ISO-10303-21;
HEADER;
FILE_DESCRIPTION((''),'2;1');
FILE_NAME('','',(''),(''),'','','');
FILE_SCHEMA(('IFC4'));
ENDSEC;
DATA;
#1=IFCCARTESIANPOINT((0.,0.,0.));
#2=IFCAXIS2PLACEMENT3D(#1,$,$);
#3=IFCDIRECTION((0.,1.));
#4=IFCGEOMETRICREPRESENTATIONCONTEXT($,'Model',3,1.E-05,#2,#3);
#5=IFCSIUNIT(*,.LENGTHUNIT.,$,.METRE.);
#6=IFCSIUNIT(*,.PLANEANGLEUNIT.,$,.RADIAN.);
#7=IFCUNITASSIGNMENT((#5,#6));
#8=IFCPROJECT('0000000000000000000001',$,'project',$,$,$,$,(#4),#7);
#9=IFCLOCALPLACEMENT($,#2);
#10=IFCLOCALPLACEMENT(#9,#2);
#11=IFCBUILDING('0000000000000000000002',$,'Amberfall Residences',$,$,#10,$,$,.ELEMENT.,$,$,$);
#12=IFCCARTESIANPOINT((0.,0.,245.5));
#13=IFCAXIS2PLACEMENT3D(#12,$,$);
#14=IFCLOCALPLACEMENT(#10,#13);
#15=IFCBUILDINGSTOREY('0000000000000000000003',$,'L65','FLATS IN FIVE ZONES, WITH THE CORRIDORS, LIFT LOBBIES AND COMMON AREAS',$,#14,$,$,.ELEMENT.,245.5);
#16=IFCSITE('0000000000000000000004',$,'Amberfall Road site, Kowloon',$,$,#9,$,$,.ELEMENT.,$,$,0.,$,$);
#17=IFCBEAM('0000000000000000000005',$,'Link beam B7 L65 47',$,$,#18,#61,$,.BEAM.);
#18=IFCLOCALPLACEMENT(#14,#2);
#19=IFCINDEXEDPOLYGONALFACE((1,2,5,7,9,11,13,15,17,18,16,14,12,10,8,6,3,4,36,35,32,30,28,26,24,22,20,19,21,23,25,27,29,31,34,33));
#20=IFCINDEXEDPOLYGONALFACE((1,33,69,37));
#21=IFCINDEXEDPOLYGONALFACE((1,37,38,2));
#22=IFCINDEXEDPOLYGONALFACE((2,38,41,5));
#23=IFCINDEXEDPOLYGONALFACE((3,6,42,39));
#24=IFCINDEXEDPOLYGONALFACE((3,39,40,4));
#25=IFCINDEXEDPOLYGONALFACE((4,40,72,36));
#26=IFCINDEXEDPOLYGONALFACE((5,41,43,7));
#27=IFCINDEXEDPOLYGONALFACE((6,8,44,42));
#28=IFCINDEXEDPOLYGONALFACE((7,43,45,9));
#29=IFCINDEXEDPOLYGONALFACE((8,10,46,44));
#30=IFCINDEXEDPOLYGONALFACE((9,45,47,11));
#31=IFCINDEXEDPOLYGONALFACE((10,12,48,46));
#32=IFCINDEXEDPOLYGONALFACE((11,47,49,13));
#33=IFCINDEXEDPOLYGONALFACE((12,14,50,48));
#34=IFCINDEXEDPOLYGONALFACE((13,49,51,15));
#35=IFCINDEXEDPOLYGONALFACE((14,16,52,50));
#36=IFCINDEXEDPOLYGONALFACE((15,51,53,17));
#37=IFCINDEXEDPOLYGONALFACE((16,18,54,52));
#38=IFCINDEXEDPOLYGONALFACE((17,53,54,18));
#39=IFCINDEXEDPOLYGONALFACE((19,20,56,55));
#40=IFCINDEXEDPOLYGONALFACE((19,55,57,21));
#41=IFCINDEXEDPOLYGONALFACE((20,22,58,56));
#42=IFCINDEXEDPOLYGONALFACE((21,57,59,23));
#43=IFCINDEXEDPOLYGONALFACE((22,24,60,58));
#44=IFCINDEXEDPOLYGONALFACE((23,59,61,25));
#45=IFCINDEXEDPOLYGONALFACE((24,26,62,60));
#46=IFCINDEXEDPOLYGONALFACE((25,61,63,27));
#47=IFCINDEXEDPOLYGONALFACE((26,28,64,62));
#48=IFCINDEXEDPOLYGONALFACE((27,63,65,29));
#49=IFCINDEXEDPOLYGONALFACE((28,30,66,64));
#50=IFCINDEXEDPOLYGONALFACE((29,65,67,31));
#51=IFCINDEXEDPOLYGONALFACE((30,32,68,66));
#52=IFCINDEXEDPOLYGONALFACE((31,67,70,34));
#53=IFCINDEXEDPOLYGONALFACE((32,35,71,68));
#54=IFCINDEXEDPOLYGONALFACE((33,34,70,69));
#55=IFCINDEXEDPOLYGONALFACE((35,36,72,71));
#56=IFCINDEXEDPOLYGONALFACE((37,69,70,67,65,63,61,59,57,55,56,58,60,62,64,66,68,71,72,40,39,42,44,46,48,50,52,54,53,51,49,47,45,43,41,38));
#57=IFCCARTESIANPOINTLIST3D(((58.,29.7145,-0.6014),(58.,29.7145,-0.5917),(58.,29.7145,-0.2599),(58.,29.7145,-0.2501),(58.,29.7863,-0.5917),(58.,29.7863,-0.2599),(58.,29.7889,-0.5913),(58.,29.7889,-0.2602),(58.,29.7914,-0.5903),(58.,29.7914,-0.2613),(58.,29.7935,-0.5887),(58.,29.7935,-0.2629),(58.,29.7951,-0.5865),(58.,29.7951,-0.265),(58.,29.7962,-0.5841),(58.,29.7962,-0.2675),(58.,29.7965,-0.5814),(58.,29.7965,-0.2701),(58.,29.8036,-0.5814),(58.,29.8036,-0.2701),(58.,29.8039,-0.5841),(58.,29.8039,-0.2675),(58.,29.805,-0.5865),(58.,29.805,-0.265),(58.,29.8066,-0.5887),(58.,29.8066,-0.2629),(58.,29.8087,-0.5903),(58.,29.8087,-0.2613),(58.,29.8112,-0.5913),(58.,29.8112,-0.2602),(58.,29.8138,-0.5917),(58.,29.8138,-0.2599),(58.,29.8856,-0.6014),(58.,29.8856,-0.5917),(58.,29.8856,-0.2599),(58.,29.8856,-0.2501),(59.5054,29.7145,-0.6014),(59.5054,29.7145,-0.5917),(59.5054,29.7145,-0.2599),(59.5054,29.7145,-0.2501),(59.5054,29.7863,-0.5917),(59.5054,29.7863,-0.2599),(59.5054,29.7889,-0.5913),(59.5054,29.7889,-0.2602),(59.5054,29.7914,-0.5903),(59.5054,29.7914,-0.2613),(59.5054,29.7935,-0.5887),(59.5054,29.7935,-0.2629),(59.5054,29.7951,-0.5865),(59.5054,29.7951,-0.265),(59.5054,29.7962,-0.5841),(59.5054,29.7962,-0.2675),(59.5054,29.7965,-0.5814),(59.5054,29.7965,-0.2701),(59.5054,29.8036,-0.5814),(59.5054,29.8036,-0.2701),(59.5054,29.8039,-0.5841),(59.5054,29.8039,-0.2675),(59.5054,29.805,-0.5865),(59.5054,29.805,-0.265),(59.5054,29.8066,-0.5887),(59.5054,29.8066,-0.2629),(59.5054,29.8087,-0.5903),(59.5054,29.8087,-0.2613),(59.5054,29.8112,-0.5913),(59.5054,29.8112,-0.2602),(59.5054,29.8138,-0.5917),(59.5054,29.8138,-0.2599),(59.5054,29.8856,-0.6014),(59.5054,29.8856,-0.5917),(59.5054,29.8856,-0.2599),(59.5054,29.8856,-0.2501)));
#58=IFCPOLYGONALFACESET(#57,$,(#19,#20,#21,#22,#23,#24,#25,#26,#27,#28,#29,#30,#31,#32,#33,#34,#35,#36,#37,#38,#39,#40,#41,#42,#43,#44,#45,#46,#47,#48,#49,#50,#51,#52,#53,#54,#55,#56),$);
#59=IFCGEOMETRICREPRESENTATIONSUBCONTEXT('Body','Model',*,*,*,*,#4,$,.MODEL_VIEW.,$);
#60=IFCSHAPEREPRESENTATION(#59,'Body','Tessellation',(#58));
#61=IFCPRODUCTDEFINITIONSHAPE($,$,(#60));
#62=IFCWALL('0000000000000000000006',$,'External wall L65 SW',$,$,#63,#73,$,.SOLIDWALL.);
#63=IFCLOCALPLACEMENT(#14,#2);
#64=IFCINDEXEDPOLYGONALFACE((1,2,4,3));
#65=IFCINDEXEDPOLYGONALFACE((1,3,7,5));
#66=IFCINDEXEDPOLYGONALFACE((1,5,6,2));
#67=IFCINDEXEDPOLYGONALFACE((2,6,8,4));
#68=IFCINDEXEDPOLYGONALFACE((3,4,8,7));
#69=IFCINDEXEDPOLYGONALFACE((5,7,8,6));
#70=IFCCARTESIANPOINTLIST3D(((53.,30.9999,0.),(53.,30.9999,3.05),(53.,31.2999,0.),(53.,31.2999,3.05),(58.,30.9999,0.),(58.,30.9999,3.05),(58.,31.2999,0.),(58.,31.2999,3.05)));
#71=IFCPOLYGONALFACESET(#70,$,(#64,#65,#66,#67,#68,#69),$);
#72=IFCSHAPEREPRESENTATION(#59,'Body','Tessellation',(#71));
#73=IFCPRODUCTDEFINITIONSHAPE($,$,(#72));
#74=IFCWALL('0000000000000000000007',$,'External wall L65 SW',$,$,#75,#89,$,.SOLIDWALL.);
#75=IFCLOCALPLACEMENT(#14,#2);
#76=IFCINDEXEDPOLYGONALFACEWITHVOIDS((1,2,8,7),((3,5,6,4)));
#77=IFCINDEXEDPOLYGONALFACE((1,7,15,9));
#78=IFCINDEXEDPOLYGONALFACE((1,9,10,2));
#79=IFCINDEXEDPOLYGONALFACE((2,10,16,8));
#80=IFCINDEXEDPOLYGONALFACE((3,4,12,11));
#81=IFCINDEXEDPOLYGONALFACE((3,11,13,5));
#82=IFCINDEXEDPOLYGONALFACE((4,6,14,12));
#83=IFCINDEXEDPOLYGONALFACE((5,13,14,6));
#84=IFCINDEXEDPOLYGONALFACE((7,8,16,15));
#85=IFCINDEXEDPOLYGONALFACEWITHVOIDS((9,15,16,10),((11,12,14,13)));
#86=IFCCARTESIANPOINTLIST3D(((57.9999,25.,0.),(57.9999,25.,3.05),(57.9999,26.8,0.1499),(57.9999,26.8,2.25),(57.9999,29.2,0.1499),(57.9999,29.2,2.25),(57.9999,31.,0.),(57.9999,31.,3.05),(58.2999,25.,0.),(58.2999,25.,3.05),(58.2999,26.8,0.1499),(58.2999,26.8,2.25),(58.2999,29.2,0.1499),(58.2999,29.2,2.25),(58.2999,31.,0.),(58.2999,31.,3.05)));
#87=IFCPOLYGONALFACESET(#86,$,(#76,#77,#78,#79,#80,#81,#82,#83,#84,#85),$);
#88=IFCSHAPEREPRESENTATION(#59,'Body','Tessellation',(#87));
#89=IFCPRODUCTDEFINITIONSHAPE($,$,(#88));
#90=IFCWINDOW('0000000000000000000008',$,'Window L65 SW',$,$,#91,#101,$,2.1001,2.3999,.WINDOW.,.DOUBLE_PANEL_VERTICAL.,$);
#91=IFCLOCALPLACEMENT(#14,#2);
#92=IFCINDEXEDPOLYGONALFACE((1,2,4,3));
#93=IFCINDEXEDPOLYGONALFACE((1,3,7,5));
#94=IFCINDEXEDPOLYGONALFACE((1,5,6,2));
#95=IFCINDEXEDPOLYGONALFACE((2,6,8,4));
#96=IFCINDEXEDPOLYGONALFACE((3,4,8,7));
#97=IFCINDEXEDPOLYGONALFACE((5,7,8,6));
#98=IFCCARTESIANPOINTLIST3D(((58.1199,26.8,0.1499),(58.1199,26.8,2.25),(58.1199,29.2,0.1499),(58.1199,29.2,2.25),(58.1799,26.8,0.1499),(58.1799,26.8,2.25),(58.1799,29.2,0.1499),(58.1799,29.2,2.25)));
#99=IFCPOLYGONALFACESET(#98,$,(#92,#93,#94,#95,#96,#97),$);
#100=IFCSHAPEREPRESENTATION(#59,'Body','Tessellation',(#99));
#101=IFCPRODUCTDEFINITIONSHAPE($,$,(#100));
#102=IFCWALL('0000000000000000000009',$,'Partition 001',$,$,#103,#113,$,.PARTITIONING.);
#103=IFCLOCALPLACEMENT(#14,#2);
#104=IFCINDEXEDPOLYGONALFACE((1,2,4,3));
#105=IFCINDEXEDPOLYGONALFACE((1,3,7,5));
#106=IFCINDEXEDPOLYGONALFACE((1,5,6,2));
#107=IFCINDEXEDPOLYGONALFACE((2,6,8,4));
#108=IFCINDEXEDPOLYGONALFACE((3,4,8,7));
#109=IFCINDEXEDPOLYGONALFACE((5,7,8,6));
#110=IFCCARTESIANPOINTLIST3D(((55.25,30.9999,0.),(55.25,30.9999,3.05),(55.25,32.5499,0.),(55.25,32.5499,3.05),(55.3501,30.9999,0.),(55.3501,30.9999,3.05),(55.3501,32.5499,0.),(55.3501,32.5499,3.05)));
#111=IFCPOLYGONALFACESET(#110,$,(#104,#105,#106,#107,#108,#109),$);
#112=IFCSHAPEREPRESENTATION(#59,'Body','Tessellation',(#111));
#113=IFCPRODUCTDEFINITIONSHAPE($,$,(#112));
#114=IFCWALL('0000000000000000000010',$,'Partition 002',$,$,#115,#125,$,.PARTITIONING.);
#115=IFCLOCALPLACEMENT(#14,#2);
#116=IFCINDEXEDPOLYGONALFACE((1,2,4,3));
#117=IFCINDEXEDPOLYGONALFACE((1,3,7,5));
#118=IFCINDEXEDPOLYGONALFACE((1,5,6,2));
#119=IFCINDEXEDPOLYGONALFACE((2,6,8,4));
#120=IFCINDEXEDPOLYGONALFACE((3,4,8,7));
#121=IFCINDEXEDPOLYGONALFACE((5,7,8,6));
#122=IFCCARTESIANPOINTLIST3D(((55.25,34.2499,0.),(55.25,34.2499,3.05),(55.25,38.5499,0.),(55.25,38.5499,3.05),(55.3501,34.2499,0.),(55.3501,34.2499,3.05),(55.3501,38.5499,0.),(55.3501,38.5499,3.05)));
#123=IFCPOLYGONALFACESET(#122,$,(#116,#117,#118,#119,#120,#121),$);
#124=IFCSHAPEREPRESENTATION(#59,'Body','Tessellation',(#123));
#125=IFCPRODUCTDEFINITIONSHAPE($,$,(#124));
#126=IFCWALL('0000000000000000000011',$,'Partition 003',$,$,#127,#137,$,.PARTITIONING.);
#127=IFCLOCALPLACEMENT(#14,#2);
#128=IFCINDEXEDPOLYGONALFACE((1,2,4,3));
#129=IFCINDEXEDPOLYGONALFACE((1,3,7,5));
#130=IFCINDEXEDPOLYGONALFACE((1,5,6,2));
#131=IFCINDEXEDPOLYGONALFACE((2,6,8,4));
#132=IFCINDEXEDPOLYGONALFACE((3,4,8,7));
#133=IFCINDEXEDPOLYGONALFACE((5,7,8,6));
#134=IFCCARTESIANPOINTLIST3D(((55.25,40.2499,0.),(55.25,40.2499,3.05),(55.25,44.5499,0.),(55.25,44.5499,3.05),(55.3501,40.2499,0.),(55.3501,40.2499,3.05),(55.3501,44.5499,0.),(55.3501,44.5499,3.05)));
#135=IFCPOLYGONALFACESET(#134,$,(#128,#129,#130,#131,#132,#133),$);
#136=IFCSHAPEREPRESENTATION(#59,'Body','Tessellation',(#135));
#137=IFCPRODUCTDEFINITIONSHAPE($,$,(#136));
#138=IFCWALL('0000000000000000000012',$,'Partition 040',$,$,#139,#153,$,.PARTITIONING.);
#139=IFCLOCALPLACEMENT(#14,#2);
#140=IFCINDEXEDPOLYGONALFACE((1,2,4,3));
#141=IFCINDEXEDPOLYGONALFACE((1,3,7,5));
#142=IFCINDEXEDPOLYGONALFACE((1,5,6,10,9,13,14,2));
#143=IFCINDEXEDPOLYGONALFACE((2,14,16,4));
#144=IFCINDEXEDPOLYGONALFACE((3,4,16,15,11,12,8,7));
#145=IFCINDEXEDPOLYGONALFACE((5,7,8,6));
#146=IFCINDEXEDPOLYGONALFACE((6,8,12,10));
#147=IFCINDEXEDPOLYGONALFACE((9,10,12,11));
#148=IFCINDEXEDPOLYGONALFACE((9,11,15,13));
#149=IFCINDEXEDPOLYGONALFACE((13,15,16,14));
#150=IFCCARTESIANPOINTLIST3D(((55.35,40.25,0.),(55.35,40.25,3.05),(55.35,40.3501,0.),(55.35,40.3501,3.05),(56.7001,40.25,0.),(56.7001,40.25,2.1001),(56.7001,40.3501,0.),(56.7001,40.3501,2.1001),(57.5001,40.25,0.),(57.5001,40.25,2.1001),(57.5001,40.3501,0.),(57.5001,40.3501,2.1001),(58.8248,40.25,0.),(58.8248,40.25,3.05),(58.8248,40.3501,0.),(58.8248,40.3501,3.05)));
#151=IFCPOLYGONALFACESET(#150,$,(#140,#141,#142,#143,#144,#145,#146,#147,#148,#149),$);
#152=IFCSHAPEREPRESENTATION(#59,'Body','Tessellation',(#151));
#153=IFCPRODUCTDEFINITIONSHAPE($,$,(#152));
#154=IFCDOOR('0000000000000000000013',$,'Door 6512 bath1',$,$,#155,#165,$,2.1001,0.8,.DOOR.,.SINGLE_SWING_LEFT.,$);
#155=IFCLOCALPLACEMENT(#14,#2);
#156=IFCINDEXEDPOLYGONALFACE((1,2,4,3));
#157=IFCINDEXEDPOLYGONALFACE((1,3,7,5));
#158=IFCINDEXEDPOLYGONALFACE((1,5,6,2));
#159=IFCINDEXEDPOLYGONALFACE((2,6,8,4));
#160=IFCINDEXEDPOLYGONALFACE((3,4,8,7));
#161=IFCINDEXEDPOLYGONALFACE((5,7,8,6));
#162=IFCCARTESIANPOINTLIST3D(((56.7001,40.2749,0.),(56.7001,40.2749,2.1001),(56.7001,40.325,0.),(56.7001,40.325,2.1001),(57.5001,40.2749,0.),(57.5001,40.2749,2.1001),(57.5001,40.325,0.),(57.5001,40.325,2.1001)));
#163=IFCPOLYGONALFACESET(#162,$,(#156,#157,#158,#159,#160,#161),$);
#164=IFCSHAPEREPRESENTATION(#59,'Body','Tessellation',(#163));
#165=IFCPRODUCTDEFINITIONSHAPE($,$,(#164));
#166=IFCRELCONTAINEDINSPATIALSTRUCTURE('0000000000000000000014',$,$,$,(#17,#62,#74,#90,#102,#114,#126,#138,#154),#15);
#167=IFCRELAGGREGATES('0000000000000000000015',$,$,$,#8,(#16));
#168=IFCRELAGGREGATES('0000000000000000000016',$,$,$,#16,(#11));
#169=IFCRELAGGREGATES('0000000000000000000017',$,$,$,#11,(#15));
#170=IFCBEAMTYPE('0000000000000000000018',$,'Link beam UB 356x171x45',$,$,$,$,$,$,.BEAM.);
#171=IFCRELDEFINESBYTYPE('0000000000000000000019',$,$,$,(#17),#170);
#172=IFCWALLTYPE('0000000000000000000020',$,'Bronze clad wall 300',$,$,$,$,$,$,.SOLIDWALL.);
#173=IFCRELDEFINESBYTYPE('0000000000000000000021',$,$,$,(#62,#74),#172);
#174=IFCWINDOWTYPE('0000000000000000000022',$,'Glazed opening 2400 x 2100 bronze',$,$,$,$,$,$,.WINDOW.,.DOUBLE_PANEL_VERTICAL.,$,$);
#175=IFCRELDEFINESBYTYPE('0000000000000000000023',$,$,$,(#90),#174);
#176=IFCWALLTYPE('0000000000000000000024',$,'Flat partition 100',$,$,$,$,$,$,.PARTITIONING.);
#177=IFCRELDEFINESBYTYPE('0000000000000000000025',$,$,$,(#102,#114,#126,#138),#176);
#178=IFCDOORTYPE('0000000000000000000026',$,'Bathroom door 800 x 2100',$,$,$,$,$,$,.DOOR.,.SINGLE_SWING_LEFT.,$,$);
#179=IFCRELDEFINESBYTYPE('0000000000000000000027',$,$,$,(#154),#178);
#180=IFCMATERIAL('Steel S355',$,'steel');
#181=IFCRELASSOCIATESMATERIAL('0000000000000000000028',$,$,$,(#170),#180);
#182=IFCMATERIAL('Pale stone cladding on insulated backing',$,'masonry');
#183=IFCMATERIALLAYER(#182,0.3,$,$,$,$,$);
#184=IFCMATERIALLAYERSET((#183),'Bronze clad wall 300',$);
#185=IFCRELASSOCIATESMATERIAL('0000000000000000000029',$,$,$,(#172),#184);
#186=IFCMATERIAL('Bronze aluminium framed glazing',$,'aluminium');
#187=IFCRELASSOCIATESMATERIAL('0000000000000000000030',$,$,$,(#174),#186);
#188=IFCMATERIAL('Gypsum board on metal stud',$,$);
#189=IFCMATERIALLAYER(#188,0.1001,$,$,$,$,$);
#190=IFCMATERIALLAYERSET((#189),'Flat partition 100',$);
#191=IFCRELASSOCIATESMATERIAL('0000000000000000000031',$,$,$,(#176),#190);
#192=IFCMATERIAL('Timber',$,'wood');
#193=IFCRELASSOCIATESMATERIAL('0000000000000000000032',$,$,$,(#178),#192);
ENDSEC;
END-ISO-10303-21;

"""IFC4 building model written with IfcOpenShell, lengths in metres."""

from ifc_helpers import new_model, si_unit, direction, frame, frame_2d, origin, origin_2d, place, context, subcontext, project, spatial, rectangle, i_section, extrude, material, layer, layer_set, material_profile, profile_set, type_object, element, fill, save


model = new_model("IFC4")

# Units and contexts
model_context = context("Model", 3, precision=1e-05, world=origin(), true_north=direction((0.0, 1.0)))
body_context = subcontext(model_context, "Body", "Model", "MODEL_VIEW")
ifc_project = project(units=[si_unit("LENGTHUNIT", "METRE"), si_unit("PLANEANGLEUNIT", "RADIAN")], contexts=[model_context])

# Site, building, storey
site_placement = place(None, origin())
site = spatial("IfcSite", under=ifc_project, at=site_placement, Name="Amberfall Road site, Kowloon", CompositionType="ELEMENT", RefElevation=0.0)
building_placement = place(site_placement, origin())
building = spatial("IfcBuilding", under=site, at=building_placement, Name="Amberfall Residences", CompositionType="ELEMENT")
storey_placement = place(building_placement, frame((0.0, 0.0, 245.5)))
storey = spatial("IfcBuildingStorey", under=building, at=storey_placement, Name="L65", Description="FLATS IN FIVE ZONES, WITH THE CORRIDORS, LIFT LOBBIES AND COMMON AREAS", CompositionType="ELEMENT", Elevation=245.5)

# Beam
ifc_material_1 = material(Name="Steel S355", Category="steel")
ifc_material_profile_1 = material_profile(ifc_material_1, i_section(OverallWidth=0.1711, OverallDepth=0.3513, WebThickness=0.0071, FlangeThickness=0.0098, FilletRadius=0.0103, at=origin_2d()), Name="UB 356x171x45")
ifc_profile_set_1 = profile_set([ifc_material_profile_1], Name="Steel S355")
beam_type_1 = type_object("IfcBeamType", Name="Link beam UB 356x171x45", PredefinedType="BEAM", material=ifc_profile_set_1)
beam_1_placement = place(storey_placement, frame((58.0, 29.8, -0.4258), z_axis=(1.0, 0.0, 0.0), x_axis=(0.0, 1.0, 0.0)))
element("IfcBeam", 1, at=beam_1_placement, inside=storey, type_object=beam_type_1, Name="Link beam B7 L65 47", PredefinedType="BEAM", context=body_context, shape_type="SweptSolid", body=[
    extrude(i_section(OverallWidth=0.1711, OverallDepth=0.3513, WebThickness=0.0071, FlangeThickness=0.0098, FilletRadius=0.0103, at=origin_2d()), origin(), (0.0, 0.0, 1.0), 1.5054),
])

# Wall
ifc_material_2 = material(Name="Pale stone cladding on insulated backing", Category="masonry")
ifc_layer_1 = layer(ifc_material_2, 0.3)
ifc_layer_set_1 = layer_set([ifc_layer_1], Name="Bronze clad wall 300")
wall_type_1 = type_object("IfcWallType", Name="Bronze clad wall 300", PredefinedType="SOLIDWALL", material=ifc_layer_set_1)
wall_1_placement = place(storey_placement, frame((53.0, 31.1499, 0.0), z_axis=(0.0, 0.0, 1.0), x_axis=(1.0, 0.0, 0.0)))
element("IfcWall", 2, at=wall_1_placement, inside=storey, type_object=wall_type_1, Name="External wall L65 SW", PredefinedType="SOLIDWALL", context=body_context, shape_type="SweptSolid", body=[
    extrude(rectangle(XDim=5.0, YDim=0.3, at=frame_2d((2.5, 0.0))), origin(), (0.0, 0.0, 1.0), 3.05),
])

# Wall, opening, window
wall_2_placement = place(storey_placement, frame((58.1499, 31.0, 0.0), z_axis=(0.0, 0.0, 1.0), x_axis=(0.0, -1.0, 0.0)))
wall_2 = element("IfcWall", 3, at=wall_2_placement, inside=storey, type_object=wall_type_1, Name="External wall L65 SW", PredefinedType="SOLIDWALL", context=body_context, shape_type="SweptSolid", body=[
    extrude(rectangle(XDim=6.0, YDim=0.3, at=frame_2d((3.0, 0.0))), origin(), (0.0, 0.0, 1.0), 3.05),
])
opening_1_placement = place(wall_2_placement, frame((1.8, 0.0, 0.1499)))
opening_1 = element("IfcOpeningElement", 4, at=opening_1_placement, cuts=wall_2, PredefinedType="OPENING", context=body_context, shape_type="SweptSolid", body=[
    extrude(rectangle(XDim=2.3999, YDim=2.1001, at=frame_2d((1.2, 1.05))), frame((0.0, 0.1599, 0.0), z_axis=(0.0, -1.0, 0.0), x_axis=(1.0, 0.0, 0.0)), (0.0, 0.0, 1.0), 0.3201),
])
ifc_material_3 = material(Name="Bronze aluminium framed glazing", Category="aluminium")
window_type = type_object("IfcWindowType", Name="Glazed opening 2400 x 2100 bronze", PartitioningType="DOUBLE_PANEL_VERTICAL", PredefinedType="WINDOW", material=ifc_material_3)
window_placement = place(opening_1_placement, origin())
window = element("IfcWindow", 5, at=window_placement, inside=storey, type_object=window_type, Name="Window L65 SW", OverallHeight=2.1001, OverallWidth=2.3999, PartitioningType="DOUBLE_PANEL_VERTICAL", PredefinedType="WINDOW", context=body_context, shape_type="SweptSolid", body=[
    extrude(rectangle(XDim=2.3999, YDim=2.1001, at=frame_2d((1.2, 1.05))), frame((0.0, 0.03, 0.0), z_axis=(0.0, -1.0, 0.0), x_axis=(1.0, 0.0, 0.0)), (0.0, 0.0, 1.0), 0.0601),
])
fill(opening_1, window)

# Walls
ifc_material_4 = material(Name="Gypsum board on metal stud")
ifc_layer_2 = layer(ifc_material_4, 0.1001)
ifc_layer_set_2 = layer_set([ifc_layer_2], Name="Flat partition 100")
wall_type_2 = type_object("IfcWallType", Name="Flat partition 100", PredefinedType="PARTITIONING", material=ifc_layer_set_2)
wall_3_placement = place(storey_placement, frame((55.3, 31.0, 0.0), z_axis=(0.0, 0.0, 1.0), x_axis=(0.0, 1.0, 0.0)))
element("IfcWall", 6, at=wall_3_placement, inside=storey, type_object=wall_type_2, Name="Partition 001", PredefinedType="PARTITIONING", context=body_context, shape_type="SweptSolid", body=[
    extrude(rectangle(XDim=1.55, YDim=0.1001, at=frame_2d((0.7749, 0.0))), origin(), (0.0, 0.0, 1.0), 3.05),
])
for number, where, z_axis, x_axis, name in (
    (7, (55.3, 34.25, 0.0), (0.0, 0.0, 1.0), (0.0, 1.0, 0.0), "Partition 002"),
    (8, (55.3, 40.25, 0.0), (0.0, 0.0, 1.0), (0.0, 1.0, 0.0), "Partition 003"),
):
    element("IfcWall", number, at=place(storey_placement, frame(where, z_axis=z_axis, x_axis=x_axis)), inside=storey, type_object=wall_type_2, Name=name, PredefinedType="PARTITIONING", context=body_context, shape_type="SweptSolid", body=[
        extrude(rectangle(XDim=4.3, YDim=0.1001, at=frame_2d((2.1499, 0.0))), origin(), (0.0, 0.0, 1.0), 3.05),
    ])

# Wall, opening, door
wall_4_placement = place(storey_placement, frame((55.3501, 40.3, 0.0), z_axis=(0.0, 0.0, 1.0), x_axis=(1.0, 0.0, 0.0)))
wall_4 = element("IfcWall", 9, at=wall_4_placement, inside=storey, type_object=wall_type_2, Name="Partition 040", PredefinedType="PARTITIONING", context=body_context, shape_type="SweptSolid", body=[
    extrude(rectangle(XDim=3.4749, YDim=0.1001, at=frame_2d((1.7373, 0.0))), origin(), (0.0, 0.0, 1.0), 3.05),
])
opening_2_placement = place(wall_4_placement, frame((1.3501, 0.0, 0.0)))
opening_2 = element("IfcOpeningElement", 10, at=opening_2_placement, cuts=wall_4, PredefinedType="OPENING", context=body_context, shape_type="SweptSolid", body=[
    extrude(rectangle(XDim=0.8, YDim=2.1001, at=frame_2d((0.3999, 1.05))), frame((0.0, 0.0601, 0.0), z_axis=(0.0, -1.0, 0.0), x_axis=(1.0, 0.0, 0.0)), (0.0, 0.0, 1.0), 0.1201),
])
ifc_material_5 = material(Name="Timber", Category="wood")
door_type = type_object("IfcDoorType", Name="Bathroom door 800 x 2100", OperationType="SINGLE_SWING_LEFT", PredefinedType="DOOR", material=ifc_material_5)
door_1_placement = place(opening_2_placement, origin())
door_1 = element("IfcDoor", 11, at=door_1_placement, inside=storey, type_object=door_type, Name="Door 6512 bath1", OperationType="SINGLE_SWING_LEFT", OverallHeight=2.1001, OverallWidth=0.8, PredefinedType="DOOR", context=body_context, shape_type="SweptSolid", body=[
    extrude(rectangle(XDim=0.8, YDim=2.1001, at=frame_2d((0.3999, 1.05))), frame((0.0, 0.0249, 0.0), z_axis=(0.0, -1.0, 0.0), x_axis=(1.0, 0.0, 0.0)), (0.0, 0.0, 1.0), 0.05),
])
fill(opening_2, door_1)

save(model, "model.ifc")
